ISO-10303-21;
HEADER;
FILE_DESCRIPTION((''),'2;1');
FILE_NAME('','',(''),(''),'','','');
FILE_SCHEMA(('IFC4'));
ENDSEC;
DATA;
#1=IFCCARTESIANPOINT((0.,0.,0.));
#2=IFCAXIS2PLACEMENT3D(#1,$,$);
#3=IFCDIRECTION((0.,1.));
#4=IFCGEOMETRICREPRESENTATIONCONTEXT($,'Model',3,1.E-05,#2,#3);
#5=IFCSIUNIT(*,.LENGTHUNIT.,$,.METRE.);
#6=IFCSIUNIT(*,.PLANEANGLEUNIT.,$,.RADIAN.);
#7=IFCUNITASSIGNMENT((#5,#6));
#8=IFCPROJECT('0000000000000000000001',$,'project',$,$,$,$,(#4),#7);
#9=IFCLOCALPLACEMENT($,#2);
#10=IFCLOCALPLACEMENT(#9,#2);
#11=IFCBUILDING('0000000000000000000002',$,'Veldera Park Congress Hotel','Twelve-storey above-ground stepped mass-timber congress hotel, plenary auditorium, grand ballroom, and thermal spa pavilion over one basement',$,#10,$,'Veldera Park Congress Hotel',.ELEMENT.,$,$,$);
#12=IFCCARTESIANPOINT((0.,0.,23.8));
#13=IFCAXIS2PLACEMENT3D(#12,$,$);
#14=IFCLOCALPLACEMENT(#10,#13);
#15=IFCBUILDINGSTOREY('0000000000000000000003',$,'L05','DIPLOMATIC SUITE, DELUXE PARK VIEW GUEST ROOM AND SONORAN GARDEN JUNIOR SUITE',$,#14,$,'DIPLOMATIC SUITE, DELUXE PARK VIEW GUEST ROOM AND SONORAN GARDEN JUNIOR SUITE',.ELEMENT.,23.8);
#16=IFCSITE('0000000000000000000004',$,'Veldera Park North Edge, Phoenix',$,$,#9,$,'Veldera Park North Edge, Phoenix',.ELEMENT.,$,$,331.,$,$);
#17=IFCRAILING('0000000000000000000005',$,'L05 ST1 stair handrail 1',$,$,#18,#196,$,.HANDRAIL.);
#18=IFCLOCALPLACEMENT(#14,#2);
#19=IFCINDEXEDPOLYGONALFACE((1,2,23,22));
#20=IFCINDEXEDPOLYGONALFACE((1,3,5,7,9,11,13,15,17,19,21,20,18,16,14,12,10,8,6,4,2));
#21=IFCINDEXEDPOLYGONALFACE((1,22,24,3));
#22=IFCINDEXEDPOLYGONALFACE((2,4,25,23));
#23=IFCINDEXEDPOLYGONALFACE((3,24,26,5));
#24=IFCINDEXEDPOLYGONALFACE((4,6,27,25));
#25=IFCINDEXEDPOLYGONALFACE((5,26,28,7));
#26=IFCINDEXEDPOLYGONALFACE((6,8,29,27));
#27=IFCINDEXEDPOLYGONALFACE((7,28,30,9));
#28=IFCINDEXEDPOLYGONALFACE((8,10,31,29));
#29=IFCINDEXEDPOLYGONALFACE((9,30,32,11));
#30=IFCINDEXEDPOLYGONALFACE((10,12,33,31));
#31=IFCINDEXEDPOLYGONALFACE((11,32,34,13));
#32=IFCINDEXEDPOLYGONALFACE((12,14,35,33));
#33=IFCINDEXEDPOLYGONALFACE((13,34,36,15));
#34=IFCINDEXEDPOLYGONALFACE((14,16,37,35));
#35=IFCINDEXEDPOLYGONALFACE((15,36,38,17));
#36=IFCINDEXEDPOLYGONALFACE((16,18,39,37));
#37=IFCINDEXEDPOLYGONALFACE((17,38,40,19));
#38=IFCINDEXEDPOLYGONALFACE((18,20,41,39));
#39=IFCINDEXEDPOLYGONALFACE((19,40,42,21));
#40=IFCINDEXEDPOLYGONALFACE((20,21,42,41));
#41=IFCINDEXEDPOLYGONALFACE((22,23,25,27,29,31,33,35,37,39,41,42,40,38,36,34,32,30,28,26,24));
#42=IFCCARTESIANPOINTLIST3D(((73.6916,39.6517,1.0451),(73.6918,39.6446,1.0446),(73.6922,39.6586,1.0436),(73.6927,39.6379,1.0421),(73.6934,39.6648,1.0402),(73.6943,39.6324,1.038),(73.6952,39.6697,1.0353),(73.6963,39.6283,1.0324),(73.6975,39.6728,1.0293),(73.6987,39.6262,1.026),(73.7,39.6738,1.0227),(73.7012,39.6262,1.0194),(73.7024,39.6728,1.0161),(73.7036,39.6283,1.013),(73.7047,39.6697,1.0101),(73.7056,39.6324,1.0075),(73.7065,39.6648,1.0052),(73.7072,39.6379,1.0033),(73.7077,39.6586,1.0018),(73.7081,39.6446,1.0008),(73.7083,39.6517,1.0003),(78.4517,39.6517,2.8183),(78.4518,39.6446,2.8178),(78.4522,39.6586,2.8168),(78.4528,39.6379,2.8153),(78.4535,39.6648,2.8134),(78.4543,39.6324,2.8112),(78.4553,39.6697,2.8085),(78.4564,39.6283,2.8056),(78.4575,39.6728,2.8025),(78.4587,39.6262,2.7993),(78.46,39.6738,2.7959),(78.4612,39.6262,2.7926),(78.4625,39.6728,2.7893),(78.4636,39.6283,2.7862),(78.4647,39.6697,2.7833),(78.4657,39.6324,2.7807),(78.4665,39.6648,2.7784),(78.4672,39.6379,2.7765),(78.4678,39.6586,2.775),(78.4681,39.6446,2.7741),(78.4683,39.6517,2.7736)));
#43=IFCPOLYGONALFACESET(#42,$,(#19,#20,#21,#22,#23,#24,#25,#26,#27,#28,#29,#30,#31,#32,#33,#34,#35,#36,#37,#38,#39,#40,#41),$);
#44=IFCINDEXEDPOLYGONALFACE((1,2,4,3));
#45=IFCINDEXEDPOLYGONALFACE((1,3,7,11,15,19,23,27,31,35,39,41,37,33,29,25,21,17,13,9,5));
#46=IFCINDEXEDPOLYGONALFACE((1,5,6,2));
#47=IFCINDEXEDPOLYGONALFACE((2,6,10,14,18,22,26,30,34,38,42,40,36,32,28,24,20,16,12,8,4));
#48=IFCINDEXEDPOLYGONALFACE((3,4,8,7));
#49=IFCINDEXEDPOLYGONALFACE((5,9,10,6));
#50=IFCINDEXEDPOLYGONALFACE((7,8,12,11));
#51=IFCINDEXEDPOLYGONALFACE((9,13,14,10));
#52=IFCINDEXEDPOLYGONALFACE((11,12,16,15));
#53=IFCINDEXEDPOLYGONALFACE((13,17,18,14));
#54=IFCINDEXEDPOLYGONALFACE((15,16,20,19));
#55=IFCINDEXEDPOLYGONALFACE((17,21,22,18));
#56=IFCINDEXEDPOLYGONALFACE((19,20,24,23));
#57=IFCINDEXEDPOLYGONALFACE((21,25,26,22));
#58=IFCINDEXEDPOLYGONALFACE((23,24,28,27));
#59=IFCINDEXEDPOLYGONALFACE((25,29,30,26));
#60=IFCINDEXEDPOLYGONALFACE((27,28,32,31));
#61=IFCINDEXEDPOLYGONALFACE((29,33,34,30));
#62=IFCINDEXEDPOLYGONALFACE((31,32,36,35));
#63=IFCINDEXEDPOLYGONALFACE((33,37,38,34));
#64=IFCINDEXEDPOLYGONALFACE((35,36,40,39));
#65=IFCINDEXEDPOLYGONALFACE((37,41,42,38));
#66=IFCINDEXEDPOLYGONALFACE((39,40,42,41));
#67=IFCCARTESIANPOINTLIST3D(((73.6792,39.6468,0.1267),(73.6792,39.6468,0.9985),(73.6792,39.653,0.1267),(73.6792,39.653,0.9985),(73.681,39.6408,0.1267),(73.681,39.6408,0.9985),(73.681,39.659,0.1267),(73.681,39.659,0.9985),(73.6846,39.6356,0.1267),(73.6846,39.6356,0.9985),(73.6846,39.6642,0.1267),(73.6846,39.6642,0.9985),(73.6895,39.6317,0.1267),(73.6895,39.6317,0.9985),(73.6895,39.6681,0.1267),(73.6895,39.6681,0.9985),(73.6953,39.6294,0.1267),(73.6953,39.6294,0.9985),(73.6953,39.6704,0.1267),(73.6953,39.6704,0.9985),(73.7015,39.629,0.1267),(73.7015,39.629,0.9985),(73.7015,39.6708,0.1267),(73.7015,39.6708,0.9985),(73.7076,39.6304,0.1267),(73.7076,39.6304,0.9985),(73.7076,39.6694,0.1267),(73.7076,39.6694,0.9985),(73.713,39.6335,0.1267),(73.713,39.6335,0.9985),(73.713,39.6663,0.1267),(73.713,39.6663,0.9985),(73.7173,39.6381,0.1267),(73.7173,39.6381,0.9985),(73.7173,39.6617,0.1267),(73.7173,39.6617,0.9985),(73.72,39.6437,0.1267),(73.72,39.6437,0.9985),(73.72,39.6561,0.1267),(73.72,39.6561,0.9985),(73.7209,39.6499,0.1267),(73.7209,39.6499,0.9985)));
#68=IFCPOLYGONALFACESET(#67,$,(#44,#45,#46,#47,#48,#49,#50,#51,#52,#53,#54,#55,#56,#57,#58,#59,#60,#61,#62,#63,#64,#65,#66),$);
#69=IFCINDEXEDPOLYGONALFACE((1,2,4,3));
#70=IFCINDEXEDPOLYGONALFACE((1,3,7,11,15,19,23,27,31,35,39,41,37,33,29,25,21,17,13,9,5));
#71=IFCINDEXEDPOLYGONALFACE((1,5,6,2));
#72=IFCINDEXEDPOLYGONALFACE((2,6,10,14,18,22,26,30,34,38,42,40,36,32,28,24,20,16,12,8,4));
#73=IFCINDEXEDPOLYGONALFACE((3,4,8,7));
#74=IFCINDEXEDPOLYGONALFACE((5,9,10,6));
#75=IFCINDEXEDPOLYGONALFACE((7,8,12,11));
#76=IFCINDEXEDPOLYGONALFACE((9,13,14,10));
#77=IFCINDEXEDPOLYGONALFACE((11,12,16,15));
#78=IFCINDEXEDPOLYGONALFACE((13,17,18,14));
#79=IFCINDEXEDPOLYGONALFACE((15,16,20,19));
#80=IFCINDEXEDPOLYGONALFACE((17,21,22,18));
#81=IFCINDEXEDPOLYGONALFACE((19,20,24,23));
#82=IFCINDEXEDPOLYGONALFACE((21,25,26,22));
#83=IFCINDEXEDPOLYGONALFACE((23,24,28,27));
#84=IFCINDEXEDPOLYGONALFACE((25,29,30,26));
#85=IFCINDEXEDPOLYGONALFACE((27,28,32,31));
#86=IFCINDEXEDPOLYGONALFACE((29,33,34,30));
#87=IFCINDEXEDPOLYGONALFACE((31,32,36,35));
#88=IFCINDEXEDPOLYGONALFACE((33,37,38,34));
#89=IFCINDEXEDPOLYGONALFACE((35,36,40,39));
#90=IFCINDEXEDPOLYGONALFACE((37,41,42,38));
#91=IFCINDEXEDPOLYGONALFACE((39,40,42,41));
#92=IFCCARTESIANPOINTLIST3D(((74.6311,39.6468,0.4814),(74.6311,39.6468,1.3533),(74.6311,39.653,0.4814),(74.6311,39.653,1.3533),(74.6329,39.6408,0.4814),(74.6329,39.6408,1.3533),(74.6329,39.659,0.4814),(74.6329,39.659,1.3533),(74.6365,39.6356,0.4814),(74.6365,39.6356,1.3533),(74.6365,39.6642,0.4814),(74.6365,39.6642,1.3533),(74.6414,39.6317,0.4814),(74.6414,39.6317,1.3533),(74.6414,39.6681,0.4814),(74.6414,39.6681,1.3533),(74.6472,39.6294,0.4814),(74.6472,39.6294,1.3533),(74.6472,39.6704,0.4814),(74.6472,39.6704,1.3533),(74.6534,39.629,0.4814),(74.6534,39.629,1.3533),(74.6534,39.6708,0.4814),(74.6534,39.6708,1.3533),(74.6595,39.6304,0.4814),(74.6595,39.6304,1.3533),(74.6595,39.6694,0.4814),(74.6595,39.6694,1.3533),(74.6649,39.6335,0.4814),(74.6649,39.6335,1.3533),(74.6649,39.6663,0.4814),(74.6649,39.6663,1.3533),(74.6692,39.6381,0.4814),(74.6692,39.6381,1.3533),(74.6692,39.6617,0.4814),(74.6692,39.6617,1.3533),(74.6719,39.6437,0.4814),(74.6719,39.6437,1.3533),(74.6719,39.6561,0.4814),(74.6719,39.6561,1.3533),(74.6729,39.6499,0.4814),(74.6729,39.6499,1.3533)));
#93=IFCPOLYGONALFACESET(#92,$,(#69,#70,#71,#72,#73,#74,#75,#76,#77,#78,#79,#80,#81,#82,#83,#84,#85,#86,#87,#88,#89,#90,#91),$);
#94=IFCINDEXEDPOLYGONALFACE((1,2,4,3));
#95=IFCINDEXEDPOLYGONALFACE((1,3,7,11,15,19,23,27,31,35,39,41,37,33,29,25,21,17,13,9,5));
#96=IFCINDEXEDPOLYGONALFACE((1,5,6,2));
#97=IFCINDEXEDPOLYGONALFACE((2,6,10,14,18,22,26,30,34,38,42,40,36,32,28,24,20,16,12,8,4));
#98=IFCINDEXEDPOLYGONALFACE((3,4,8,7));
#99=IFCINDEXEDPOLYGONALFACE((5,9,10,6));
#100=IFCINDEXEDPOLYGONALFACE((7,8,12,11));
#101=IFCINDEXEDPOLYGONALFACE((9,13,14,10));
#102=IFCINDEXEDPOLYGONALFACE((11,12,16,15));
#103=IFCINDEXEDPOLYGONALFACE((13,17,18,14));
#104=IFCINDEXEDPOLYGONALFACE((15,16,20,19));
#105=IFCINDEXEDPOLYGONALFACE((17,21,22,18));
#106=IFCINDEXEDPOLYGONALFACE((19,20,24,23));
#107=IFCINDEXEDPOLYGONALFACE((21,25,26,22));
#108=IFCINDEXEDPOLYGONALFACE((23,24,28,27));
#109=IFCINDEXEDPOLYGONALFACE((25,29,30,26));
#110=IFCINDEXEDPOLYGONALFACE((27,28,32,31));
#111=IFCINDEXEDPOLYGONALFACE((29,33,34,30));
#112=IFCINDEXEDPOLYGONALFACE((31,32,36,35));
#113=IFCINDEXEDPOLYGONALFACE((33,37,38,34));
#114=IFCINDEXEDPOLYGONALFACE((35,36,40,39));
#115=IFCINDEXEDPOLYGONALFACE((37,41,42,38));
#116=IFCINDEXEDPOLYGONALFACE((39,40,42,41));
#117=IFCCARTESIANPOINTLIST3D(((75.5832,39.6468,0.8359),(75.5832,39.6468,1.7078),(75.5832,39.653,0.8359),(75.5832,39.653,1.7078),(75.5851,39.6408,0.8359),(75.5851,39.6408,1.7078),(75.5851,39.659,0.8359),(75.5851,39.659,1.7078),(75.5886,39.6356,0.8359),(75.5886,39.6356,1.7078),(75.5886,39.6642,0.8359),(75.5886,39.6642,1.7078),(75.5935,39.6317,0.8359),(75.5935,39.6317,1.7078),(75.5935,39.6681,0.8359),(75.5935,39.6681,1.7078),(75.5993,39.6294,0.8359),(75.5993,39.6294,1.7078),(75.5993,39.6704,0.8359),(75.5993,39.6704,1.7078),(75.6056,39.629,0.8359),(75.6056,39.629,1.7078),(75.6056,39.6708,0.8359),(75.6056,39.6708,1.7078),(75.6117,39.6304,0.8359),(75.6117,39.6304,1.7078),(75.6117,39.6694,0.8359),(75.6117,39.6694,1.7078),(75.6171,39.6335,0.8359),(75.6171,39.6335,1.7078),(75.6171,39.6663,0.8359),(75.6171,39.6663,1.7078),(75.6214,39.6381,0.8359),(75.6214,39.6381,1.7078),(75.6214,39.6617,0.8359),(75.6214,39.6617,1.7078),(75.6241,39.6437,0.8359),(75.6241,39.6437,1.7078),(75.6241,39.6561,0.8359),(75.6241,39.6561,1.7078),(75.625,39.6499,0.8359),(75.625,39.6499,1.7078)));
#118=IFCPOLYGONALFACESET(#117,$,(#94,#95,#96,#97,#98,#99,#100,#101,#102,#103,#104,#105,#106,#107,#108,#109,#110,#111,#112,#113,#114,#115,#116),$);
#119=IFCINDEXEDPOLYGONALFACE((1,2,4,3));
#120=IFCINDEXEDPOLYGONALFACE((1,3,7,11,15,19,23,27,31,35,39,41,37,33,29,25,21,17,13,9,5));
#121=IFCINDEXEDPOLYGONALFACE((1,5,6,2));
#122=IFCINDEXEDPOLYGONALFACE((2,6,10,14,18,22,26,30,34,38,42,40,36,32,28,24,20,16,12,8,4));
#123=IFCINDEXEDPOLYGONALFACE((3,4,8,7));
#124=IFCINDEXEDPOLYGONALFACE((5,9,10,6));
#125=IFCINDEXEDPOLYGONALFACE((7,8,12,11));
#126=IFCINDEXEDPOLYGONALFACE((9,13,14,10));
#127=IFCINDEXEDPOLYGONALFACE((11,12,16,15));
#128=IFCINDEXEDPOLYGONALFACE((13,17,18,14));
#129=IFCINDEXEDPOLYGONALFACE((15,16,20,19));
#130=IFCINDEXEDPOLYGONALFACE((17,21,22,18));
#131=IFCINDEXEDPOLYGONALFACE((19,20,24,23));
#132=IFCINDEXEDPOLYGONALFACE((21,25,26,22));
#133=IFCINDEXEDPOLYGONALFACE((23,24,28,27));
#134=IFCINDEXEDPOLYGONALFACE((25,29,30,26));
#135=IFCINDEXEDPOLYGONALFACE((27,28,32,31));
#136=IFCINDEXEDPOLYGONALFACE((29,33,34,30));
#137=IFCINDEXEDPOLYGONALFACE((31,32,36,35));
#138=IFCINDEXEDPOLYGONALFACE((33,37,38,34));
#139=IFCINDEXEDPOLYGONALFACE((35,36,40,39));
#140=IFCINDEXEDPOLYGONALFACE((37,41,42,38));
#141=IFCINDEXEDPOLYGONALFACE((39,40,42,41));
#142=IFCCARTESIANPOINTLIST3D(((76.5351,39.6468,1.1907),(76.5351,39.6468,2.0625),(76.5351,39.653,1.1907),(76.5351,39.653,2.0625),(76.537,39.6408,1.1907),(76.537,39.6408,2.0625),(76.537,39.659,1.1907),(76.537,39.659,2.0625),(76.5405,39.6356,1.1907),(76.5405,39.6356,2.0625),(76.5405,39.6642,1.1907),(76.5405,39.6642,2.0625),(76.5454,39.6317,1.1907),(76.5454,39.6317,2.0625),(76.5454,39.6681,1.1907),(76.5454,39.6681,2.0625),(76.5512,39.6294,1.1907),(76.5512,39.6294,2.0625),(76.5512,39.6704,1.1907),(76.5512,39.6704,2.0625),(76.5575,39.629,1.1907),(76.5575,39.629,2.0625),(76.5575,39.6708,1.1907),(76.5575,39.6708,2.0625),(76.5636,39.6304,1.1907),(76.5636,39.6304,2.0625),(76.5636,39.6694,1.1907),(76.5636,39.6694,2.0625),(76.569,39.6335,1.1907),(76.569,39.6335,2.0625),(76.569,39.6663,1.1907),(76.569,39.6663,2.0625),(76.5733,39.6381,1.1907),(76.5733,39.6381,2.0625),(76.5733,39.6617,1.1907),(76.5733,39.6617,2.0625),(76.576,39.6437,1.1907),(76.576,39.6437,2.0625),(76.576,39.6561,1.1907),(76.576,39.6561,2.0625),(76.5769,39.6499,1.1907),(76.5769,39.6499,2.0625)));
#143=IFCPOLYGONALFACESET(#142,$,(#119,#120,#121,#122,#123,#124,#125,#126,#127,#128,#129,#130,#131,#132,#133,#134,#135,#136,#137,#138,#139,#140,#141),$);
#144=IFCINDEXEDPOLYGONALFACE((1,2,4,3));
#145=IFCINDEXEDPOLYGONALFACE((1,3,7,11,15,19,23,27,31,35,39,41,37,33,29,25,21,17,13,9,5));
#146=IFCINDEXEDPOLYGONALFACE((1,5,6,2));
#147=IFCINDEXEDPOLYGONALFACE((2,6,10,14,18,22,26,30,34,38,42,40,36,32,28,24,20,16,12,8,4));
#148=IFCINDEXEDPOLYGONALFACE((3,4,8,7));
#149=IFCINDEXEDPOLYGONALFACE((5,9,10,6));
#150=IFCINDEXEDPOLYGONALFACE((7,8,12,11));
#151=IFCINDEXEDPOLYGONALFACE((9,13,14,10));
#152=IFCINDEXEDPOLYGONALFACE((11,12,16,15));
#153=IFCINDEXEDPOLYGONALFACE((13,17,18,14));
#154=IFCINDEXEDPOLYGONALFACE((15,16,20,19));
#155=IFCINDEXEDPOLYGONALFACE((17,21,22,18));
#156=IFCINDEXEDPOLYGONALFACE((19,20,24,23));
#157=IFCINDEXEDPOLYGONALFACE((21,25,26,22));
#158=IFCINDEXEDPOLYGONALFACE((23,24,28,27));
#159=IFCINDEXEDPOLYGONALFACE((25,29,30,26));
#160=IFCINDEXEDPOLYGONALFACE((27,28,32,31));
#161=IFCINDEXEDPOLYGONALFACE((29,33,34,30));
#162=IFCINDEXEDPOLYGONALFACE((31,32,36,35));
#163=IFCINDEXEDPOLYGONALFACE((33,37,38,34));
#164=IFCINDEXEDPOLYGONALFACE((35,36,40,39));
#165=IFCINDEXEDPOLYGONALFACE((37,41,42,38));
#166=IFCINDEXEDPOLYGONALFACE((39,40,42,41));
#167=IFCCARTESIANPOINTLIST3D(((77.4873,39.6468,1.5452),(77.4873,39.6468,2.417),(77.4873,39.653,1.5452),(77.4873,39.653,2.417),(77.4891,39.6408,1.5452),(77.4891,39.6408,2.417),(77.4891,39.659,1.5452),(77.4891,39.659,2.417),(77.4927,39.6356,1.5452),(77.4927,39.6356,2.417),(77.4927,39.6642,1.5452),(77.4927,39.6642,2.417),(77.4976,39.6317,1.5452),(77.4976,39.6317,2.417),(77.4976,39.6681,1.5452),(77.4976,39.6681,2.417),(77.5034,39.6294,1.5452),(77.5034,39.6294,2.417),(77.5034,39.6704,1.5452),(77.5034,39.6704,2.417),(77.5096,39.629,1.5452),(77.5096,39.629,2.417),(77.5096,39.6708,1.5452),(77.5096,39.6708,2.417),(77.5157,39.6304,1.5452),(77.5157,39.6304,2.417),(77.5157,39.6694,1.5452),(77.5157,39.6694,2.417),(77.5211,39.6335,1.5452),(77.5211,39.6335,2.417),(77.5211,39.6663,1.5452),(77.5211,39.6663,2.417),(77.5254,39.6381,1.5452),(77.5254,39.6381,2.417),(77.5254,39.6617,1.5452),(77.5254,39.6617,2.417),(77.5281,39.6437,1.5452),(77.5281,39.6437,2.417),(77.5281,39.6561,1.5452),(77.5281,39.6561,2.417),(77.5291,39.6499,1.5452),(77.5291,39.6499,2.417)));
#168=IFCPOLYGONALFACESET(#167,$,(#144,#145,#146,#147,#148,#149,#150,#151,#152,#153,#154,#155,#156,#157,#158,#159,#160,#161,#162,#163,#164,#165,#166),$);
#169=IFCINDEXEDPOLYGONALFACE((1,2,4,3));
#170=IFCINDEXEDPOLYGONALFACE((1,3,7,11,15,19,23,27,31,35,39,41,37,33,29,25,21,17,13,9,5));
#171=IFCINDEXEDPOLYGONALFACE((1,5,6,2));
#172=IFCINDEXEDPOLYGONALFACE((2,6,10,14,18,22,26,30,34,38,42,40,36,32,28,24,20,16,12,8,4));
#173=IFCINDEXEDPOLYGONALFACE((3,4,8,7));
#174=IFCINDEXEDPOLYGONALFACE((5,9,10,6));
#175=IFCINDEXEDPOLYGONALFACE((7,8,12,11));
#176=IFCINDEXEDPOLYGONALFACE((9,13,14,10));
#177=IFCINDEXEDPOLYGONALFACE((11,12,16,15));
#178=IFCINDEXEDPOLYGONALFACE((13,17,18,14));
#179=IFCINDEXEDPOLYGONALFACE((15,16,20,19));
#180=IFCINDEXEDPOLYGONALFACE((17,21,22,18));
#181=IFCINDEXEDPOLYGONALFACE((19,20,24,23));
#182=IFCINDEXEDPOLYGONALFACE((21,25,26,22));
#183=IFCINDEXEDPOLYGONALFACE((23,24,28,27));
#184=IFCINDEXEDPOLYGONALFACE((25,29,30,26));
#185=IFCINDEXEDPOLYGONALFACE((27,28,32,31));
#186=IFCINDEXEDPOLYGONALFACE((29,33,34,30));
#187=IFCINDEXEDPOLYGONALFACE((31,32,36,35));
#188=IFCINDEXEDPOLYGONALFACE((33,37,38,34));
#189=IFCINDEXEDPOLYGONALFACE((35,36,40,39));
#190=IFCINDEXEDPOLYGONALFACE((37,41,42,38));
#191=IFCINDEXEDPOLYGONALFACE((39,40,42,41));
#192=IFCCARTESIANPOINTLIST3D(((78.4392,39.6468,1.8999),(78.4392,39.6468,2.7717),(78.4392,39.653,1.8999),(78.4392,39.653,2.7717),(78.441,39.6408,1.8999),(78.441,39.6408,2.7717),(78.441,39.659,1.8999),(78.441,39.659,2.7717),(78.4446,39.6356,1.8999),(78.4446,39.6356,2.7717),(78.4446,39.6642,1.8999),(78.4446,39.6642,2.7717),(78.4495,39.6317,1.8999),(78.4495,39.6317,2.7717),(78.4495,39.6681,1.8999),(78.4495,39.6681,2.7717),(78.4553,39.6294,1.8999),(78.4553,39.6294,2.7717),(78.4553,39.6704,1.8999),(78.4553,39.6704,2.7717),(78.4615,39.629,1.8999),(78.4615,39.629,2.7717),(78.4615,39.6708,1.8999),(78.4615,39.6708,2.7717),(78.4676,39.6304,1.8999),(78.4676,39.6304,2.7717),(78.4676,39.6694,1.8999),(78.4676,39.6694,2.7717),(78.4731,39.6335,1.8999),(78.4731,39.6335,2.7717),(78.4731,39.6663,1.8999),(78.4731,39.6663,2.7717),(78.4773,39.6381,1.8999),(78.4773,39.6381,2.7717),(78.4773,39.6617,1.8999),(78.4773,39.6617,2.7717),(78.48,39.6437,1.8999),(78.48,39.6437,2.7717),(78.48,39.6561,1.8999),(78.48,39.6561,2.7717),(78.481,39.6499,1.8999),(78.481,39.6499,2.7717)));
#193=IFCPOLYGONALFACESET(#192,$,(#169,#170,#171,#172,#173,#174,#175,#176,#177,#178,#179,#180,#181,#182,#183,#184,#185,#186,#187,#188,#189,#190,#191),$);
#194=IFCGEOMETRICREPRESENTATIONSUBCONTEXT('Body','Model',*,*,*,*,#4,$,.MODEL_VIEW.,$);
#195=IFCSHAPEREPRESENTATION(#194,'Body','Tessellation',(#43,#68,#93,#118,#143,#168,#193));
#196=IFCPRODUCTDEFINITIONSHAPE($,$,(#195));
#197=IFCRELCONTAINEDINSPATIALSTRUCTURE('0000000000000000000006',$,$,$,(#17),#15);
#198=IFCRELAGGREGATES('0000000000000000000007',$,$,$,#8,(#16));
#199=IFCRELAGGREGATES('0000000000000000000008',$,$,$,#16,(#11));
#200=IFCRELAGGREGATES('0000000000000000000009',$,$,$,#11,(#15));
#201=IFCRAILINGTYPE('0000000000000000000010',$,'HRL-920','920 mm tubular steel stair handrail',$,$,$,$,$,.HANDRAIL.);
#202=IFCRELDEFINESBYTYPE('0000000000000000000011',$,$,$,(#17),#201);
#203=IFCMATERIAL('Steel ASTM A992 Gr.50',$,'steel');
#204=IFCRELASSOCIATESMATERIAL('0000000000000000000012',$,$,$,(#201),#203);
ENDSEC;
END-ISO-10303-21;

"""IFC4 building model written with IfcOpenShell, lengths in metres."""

from ifc_helpers import new_model, si_unit, direction, frame, origin, origin_2d, place, context, subcontext, project, spatial, circle, extrude, material, type_object, element, save


model = new_model("IFC4")

# Units and contexts
model_context = context("Model", 3, precision=1e-05, world=origin(), true_north=direction((0.0, 1.0)))
body_context = subcontext(model_context, "Body", "Model", "MODEL_VIEW")
ifc_project = project(units=[si_unit("LENGTHUNIT", "METRE"), si_unit("PLANEANGLEUNIT", "RADIAN")], contexts=[model_context])

# Site, building, storey
site_placement = place(None, origin())
site = spatial("IfcSite", under=ifc_project, at=site_placement, Name="Veldera Park North Edge, Phoenix", LongName="Veldera Park North Edge, Phoenix", CompositionType="ELEMENT", RefElevation=331.0)
building_placement = place(site_placement, origin())
building = spatial("IfcBuilding", under=site, at=building_placement, Name="Veldera Park Congress Hotel", Description="Twelve-storey above-ground stepped mass-timber congress hotel, plenary auditorium, grand ballroom, and thermal spa pavilion over one basement", LongName="Veldera Park Congress Hotel", CompositionType="ELEMENT")
storey_placement = place(building_placement, frame((0.0, 0.0, 23.8)))
storey = spatial("IfcBuildingStorey", under=building, at=storey_placement, Name="L05", Description="DIPLOMATIC SUITE, DELUXE PARK VIEW GUEST ROOM AND SONORAN GARDEN JUNIOR SUITE", LongName="DIPLOMATIC SUITE, DELUXE PARK VIEW GUEST ROOM AND SONORAN GARDEN JUNIOR SUITE", CompositionType="ELEMENT", Elevation=23.8)

# Railing
ifc_material_1 = material(Name="Steel ASTM A992 Gr.50", Category="steel")
railing_type_1 = type_object("IfcRailingType", Name="HRL-920", Description="920 mm tubular steel stair handrail", PredefinedType="HANDRAIL", material=ifc_material_1)
railing_1_placement = place(storey_placement, frame((73.7, 39.6499, 0.1267)))
element("IfcRailing", 1, at=railing_1_placement, inside=storey, type_object=railing_type_1, Name="L05 ST1 stair handrail 1", PredefinedType="HANDRAIL", context=body_context, shape_type="SweptSolid", body=[
    extrude(circle(Radius=0.0239, at=origin_2d()), frame((0.0, 0.0, 0.896), z_axis=(0.937091, 0.0, 0.349084), x_axis=(0.0, 1.0, 0.0)), (0.0, 0.0, 1.0), 5.0796),
    extrude(circle(Radius=0.021, at=origin_2d()), origin(), (0.0, 0.0, 1.0), 0.8718),
    extrude(circle(Radius=0.021, at=origin_2d()), frame((0.9519, 0.0, 0.3547)), (0.0, 0.0, 1.0), 0.8718),
    extrude(circle(Radius=0.021, at=origin_2d()), frame((1.9041, 0.0, 0.7092)), (0.0, 0.0, 1.0), 0.8718),
    extrude(circle(Radius=0.021, at=origin_2d()), frame((2.856, 0.0, 1.064)), (0.0, 0.0, 1.0), 0.8718),
    extrude(circle(Radius=0.021, at=origin_2d()), frame((3.8081, 0.0, 1.4185)), (0.0, 0.0, 1.0), 0.8718),
    extrude(circle(Radius=0.021, at=origin_2d()), frame((4.76, 0.0, 1.7732)), (0.0, 0.0, 1.0), 0.8718),
])

save(model, "model.ifc")
